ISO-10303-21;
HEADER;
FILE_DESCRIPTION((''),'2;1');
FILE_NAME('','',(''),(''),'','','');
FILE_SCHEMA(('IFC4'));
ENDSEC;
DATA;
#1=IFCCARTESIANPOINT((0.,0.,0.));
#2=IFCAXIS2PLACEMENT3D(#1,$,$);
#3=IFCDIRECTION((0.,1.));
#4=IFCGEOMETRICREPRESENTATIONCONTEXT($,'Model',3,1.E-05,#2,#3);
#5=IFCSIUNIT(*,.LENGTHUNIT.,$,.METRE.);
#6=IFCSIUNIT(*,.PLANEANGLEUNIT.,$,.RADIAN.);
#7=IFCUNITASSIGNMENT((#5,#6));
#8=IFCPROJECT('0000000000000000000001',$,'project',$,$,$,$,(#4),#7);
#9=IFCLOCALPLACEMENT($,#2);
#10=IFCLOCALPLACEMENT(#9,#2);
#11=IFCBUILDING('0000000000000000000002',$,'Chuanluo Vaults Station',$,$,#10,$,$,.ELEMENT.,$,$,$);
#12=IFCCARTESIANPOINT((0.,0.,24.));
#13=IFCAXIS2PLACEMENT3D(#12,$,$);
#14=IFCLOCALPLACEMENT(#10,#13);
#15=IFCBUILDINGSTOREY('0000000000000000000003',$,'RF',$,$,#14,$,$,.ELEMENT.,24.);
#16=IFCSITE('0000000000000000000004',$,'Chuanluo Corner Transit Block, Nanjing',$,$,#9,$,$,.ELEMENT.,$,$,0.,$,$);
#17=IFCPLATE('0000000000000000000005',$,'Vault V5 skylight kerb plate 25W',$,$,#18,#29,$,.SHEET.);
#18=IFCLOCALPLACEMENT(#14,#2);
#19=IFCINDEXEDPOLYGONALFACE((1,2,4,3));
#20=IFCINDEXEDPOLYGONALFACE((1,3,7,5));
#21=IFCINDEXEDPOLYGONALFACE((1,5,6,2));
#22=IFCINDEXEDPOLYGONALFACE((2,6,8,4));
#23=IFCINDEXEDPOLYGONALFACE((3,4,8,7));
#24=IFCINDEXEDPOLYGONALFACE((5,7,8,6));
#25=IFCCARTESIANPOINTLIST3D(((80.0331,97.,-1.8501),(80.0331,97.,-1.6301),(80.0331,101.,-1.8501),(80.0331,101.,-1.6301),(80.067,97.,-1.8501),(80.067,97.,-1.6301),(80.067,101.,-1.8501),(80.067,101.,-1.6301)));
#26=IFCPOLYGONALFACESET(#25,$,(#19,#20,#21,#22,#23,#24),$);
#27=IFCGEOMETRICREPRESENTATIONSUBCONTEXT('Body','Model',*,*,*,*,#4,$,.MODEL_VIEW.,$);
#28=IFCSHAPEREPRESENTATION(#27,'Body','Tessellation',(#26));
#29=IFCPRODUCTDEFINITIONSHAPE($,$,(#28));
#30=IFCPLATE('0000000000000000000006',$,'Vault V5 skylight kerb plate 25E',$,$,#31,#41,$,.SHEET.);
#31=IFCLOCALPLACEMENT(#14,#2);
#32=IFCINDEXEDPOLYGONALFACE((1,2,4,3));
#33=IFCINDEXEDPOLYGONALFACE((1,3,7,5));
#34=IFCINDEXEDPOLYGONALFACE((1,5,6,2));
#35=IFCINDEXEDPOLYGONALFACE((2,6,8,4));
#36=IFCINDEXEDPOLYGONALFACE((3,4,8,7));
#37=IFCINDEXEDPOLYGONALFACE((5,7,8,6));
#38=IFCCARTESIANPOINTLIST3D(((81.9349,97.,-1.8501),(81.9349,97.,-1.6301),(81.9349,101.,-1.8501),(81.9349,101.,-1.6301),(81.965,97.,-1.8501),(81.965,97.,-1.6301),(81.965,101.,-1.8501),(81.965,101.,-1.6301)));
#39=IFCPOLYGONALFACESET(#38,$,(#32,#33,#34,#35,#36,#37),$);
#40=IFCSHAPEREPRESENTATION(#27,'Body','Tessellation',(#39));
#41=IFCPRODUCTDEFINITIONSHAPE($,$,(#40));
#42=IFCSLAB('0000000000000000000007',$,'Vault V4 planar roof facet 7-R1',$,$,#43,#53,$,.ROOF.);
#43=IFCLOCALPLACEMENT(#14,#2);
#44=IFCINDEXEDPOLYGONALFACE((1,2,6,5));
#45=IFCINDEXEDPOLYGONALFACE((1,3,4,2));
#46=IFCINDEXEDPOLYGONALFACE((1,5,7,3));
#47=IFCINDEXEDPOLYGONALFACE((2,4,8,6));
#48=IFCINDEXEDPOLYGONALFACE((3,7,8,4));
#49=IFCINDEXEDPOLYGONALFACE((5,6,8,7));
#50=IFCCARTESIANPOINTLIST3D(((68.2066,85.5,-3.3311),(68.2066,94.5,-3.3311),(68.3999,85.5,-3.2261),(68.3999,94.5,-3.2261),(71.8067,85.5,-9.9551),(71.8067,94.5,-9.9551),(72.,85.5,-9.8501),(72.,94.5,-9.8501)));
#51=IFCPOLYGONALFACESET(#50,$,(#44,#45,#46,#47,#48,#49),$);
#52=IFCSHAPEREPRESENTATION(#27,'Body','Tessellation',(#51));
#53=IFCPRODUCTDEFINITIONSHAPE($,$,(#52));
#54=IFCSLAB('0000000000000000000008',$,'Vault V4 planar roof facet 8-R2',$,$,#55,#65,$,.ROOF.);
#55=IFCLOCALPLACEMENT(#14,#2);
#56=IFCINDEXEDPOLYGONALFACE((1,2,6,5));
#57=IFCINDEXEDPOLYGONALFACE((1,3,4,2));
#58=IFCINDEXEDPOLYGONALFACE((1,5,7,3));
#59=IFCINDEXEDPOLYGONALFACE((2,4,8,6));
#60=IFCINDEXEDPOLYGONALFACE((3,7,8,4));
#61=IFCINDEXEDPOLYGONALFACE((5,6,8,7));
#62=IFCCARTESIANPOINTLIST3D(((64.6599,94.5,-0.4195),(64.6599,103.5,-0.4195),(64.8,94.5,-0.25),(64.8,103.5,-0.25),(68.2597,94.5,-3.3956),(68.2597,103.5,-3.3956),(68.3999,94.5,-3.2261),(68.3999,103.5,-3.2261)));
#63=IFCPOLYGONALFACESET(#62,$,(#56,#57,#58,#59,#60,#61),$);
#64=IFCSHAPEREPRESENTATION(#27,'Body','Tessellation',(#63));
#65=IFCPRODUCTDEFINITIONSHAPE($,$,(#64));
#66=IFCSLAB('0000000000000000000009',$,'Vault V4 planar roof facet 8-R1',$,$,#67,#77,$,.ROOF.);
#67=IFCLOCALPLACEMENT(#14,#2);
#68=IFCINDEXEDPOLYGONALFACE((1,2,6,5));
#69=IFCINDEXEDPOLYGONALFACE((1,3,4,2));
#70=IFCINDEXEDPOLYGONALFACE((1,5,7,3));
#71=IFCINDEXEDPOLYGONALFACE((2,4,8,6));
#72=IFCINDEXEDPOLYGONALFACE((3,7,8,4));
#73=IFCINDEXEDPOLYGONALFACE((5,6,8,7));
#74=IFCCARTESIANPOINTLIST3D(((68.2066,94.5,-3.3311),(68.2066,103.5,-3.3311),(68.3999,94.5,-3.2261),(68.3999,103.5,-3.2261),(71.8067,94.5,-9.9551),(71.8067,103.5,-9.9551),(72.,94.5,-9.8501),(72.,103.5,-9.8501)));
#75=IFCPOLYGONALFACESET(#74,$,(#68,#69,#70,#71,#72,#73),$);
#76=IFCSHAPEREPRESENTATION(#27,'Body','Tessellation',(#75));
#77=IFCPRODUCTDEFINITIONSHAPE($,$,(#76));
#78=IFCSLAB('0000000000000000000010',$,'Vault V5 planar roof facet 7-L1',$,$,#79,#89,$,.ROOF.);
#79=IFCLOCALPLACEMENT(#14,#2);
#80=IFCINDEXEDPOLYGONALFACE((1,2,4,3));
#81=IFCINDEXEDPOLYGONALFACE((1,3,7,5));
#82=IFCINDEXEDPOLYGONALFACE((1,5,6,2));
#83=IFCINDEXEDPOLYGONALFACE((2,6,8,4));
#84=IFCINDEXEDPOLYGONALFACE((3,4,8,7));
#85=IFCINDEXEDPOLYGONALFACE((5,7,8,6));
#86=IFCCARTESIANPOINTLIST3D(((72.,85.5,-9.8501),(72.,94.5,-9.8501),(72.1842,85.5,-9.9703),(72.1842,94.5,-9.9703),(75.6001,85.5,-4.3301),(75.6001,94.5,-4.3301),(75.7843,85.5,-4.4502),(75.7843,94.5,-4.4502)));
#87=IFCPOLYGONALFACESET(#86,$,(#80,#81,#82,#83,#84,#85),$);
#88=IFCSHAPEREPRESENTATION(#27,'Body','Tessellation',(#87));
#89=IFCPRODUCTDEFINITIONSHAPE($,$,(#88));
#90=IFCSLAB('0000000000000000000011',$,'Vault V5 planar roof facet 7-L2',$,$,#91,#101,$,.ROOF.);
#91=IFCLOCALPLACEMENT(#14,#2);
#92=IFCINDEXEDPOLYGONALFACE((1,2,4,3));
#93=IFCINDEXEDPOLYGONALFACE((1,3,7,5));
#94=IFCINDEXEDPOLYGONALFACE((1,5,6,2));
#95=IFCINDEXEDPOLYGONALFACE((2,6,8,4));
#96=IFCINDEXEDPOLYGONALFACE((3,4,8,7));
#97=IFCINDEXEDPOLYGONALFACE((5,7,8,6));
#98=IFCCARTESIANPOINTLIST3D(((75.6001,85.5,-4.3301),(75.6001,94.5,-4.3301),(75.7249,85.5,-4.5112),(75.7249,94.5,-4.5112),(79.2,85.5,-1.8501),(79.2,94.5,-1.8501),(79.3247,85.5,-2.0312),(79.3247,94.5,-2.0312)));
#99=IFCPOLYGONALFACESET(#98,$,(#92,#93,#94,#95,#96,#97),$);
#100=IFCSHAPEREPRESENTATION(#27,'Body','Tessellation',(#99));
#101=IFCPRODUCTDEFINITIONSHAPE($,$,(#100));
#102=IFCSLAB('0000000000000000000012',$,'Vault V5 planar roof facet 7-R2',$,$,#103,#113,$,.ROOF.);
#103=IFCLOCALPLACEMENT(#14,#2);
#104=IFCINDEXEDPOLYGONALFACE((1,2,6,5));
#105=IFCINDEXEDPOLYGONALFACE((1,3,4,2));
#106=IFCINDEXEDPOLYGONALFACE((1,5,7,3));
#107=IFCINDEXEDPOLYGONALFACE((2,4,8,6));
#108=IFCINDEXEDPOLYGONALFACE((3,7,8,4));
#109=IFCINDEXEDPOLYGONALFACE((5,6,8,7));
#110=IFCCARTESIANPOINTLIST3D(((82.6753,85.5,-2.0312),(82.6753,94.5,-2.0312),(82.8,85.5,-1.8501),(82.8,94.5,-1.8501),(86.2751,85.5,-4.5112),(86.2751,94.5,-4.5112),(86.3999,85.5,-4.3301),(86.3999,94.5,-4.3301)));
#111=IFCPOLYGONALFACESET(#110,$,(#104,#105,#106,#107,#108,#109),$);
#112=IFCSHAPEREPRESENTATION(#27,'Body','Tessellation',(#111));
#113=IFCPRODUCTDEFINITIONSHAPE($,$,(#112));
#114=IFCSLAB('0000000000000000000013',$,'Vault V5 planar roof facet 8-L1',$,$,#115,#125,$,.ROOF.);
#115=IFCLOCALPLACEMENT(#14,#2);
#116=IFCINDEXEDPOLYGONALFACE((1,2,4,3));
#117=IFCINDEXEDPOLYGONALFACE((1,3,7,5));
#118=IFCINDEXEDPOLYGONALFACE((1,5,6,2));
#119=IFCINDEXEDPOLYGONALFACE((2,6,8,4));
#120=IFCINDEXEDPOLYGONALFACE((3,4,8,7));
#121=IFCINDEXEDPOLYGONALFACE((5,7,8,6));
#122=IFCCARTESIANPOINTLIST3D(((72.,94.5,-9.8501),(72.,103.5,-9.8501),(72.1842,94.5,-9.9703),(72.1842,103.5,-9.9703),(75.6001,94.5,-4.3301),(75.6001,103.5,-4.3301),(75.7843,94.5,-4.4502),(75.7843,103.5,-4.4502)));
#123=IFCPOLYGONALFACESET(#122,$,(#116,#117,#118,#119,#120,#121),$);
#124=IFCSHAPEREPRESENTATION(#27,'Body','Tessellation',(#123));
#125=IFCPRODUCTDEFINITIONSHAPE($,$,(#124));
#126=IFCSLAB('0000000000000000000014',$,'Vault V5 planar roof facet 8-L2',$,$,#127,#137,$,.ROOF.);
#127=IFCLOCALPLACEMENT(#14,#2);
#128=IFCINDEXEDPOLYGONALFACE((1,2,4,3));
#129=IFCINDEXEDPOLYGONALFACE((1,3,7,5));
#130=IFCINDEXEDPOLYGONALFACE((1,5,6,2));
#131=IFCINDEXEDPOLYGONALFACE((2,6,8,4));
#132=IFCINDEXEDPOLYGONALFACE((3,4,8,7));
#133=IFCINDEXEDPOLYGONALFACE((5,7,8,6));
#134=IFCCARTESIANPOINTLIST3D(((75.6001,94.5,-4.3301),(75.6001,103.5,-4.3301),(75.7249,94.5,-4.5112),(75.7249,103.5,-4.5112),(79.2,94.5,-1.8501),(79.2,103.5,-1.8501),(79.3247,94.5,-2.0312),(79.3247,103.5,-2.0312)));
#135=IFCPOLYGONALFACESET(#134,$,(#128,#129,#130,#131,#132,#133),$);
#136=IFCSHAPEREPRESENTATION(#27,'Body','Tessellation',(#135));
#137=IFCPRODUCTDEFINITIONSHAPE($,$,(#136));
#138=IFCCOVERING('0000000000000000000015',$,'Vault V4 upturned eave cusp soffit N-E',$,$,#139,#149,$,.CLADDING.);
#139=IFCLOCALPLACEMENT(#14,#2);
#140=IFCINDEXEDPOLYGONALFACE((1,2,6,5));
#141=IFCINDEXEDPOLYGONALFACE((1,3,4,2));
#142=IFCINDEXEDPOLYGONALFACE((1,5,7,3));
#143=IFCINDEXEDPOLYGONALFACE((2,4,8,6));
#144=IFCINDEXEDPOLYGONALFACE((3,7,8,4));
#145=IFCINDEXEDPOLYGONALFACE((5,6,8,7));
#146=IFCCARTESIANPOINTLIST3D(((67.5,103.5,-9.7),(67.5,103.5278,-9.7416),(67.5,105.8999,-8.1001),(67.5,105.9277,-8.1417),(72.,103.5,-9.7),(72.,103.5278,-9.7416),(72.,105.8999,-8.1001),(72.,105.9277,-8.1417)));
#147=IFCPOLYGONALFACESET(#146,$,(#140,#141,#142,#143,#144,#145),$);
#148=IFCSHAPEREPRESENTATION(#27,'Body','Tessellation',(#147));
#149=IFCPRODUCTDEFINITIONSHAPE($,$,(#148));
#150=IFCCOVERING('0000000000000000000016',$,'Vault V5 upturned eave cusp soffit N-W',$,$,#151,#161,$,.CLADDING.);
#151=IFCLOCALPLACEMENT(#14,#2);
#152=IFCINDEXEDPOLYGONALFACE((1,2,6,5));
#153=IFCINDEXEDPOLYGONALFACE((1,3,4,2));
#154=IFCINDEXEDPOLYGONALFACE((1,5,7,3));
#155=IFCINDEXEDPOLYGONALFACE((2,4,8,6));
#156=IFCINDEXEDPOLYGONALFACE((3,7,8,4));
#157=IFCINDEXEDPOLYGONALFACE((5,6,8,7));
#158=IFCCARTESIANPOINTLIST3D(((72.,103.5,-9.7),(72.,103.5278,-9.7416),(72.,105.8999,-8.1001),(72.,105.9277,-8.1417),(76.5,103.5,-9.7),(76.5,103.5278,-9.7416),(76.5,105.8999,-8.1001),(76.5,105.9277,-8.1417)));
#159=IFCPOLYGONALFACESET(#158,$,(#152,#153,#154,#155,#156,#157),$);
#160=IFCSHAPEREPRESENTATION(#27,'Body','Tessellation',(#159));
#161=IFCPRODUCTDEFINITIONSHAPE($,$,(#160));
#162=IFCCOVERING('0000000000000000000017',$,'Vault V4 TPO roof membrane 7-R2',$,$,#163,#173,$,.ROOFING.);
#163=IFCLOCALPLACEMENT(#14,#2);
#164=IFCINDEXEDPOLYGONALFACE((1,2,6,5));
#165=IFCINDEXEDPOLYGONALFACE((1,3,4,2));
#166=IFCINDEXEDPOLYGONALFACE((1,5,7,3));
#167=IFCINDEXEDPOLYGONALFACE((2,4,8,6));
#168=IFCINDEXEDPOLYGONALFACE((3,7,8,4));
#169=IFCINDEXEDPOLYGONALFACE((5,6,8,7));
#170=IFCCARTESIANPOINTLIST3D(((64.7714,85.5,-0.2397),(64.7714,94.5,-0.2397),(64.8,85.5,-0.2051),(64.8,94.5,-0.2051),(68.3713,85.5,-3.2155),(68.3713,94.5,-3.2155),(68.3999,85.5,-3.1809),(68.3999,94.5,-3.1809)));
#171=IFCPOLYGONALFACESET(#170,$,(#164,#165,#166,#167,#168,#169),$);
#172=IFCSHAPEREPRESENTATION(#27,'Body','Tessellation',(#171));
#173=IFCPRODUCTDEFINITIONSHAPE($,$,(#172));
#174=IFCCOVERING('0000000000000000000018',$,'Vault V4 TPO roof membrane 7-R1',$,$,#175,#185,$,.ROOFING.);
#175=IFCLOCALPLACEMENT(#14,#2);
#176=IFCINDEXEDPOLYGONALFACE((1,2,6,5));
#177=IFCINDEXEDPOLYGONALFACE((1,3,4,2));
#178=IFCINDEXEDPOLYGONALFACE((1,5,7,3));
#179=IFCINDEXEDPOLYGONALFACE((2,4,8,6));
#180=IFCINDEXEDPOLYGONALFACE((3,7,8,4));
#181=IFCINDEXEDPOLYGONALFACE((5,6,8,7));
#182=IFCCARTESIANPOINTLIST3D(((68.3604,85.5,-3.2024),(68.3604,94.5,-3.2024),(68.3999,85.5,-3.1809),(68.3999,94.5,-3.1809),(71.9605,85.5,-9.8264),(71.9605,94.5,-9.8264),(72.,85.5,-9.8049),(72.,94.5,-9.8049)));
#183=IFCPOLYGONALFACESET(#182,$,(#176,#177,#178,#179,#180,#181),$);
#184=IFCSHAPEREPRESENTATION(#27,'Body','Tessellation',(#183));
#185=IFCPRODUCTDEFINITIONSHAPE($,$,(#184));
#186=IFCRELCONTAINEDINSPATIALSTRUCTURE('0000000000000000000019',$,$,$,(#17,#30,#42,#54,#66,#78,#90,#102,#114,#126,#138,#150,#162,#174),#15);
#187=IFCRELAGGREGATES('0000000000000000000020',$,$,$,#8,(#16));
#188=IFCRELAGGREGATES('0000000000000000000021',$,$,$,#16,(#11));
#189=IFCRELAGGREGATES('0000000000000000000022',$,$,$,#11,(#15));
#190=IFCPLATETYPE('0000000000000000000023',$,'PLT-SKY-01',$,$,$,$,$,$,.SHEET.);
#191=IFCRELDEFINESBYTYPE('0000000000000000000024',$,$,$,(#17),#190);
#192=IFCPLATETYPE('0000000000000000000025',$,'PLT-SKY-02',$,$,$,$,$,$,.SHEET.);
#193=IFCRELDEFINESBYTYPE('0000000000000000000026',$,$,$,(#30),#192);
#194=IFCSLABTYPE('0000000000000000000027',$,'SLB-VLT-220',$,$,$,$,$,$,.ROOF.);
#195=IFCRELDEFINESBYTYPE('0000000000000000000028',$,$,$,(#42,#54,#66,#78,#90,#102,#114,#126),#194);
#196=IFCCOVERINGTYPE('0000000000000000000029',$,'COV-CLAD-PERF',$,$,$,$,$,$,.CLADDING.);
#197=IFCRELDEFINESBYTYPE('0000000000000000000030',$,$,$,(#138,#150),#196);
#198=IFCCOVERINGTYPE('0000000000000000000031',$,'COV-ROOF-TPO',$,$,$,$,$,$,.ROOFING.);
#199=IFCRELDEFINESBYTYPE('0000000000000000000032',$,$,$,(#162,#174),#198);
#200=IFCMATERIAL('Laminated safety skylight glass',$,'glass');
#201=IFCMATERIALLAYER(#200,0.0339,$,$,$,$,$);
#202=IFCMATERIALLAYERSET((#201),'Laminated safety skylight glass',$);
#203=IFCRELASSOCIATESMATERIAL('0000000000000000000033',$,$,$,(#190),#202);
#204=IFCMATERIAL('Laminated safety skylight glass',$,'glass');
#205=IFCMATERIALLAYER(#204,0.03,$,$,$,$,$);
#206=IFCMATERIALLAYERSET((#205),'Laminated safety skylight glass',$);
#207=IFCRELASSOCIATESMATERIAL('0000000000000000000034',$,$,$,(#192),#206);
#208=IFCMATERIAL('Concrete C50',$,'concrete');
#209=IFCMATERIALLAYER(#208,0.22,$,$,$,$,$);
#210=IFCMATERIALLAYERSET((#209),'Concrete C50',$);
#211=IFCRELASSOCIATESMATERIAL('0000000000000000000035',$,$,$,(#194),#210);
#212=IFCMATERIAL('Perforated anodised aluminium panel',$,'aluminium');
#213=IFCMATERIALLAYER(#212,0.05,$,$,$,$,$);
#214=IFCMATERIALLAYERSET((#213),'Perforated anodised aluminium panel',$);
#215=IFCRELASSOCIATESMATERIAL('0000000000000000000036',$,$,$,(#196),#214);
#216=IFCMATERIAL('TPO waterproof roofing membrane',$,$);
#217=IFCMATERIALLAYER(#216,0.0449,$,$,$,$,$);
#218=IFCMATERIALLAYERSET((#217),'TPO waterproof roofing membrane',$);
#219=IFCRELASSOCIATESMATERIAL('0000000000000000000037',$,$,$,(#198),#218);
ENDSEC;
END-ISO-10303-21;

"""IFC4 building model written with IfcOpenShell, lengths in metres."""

from ifc_helpers import new_model, si_unit, direction, frame, origin, origin_2d, place, context, subcontext, project, spatial, polyline, rectangle, outline, extrude, material, layer, layer_set, type_object, element, save


model = new_model("IFC4")

# Units and contexts
model_context = context("Model", 3, precision=1e-05, world=origin(), true_north=direction((0.0, 1.0)))
body_context = subcontext(model_context, "Body", "Model", "MODEL_VIEW")
ifc_project = project(units=[si_unit("LENGTHUNIT", "METRE"), si_unit("PLANEANGLEUNIT", "RADIAN")], contexts=[model_context])

# Site, building, storey
site_placement = place(None, origin())
site = spatial("IfcSite", under=ifc_project, at=site_placement, Name="Chuanluo Corner Transit Block, Nanjing", CompositionType="ELEMENT", RefElevation=0.0)
building_placement = place(site_placement, origin())
building = spatial("IfcBuilding", under=site, at=building_placement, Name="Chuanluo Vaults Station", CompositionType="ELEMENT")
storey_placement = place(building_placement, frame((0.0, 0.0, 24.0)))
storey = spatial("IfcBuildingStorey", under=building, at=storey_placement, Name="RF", CompositionType="ELEMENT", Elevation=24.0)

# Plates
ifc_material_1 = material(Name="Laminated safety skylight glass", Category="glass")
ifc_layer_1 = layer(ifc_material_1, 0.0339)
ifc_layer_set_1 = layer_set([ifc_layer_1], Name="Laminated safety skylight glass")
plate_type_1 = type_object("IfcPlateType", Name="PLT-SKY-01", PredefinedType="SHEET", material=ifc_layer_set_1)
plate_1_placement = place(storey_placement, frame((80.05, 99.0, -1.8501), z_axis=(0.0, 0.0, 1.0), x_axis=(1.0, 0.0, 0.0)))
element("IfcPlate", 1, at=plate_1_placement, inside=storey, type_object=plate_type_1, Name="Vault V5 skylight kerb plate 25W", PredefinedType="SHEET", context=body_context, shape_type="SweptSolid", body=[
    extrude(rectangle(XDim=0.0339, YDim=4.0, at=origin_2d()), origin(), (0.0, 0.0, 1.0), 0.22),
])
ifc_material_2 = material(Name="Laminated safety skylight glass", Category="glass")
ifc_layer_2 = layer(ifc_material_2, 0.03)
ifc_layer_set_2 = layer_set([ifc_layer_2], Name="Laminated safety skylight glass")
plate_type_2 = type_object("IfcPlateType", Name="PLT-SKY-02", PredefinedType="SHEET", material=ifc_layer_set_2)
plate_2_placement = place(storey_placement, frame((81.95, 99.0, -1.8501), z_axis=(0.0, 0.0, 1.0), x_axis=(1.0, 0.0, 0.0)))
element("IfcPlate", 2, at=plate_2_placement, inside=storey, type_object=plate_type_2, Name="Vault V5 skylight kerb plate 25E", PredefinedType="SHEET", context=body_context, shape_type="SweptSolid", body=[
    extrude(rectangle(XDim=0.03, YDim=4.0, at=origin_2d()), origin(), (0.0, 0.0, 1.0), 0.22),
])

# Slabs
ifc_material_3 = material(Name="Concrete C50", Category="concrete")
ifc_layer_3 = layer(ifc_material_3, 0.22)
ifc_layer_set_3 = layer_set([ifc_layer_3], Name="Concrete C50")
slab_type = type_object("IfcSlabType", Name="SLB-VLT-220", PredefinedType="ROOF", material=ifc_layer_set_3)
slab_1_placement = place(storey_placement, frame((68.3999, 85.5, -3.2261), z_axis=(0.87862, 0.0, 0.477522), x_axis=(0.477522, 0.0, -0.87862)))
element("IfcSlab", 3, at=slab_1_placement, inside=storey, type_object=slab_type, Name="Vault V4 planar roof facet 7-R1", PredefinedType="ROOF", context=body_context, shape_type="SweptSolid", body=[
    extrude(outline(polyline([(0.0, 0.0), (7.5391, 0.0), (7.5391, 9.0), (0.0, 9.0), (0.0, 0.0)])), origin(), (0.0, 0.0, -1.0), 0.22),
])
slab_2_placement = place(storey_placement, frame((64.8, 94.5, -0.25), z_axis=(0.637172, 0.0, 0.770722), x_axis=(0.770722, 0.0, -0.637172)))
element("IfcSlab", 4, at=slab_2_placement, inside=storey, type_object=slab_type, Name="Vault V4 planar roof facet 8-R2", PredefinedType="ROOF", context=body_context, shape_type="SweptSolid", body=[
    extrude(outline(polyline([(0.0, 0.0), (4.6708, 0.0), (4.6708, 9.0), (0.0, 9.0), (0.0, 0.0)])), origin(), (0.0, 0.0, -1.0), 0.22),
])
slab_3_placement = place(storey_placement, frame((68.3999, 94.5, -3.2261), z_axis=(0.87862, 0.0, 0.477522), x_axis=(0.477522, 0.0, -0.87862)))
element("IfcSlab", 5, at=slab_3_placement, inside=storey, type_object=slab_type, Name="Vault V4 planar roof facet 8-R1", PredefinedType="ROOF", context=body_context, shape_type="SweptSolid", body=[
    extrude(outline(polyline([(0.0, 0.0), (7.5391, 0.0), (7.5391, 9.0), (0.0, 9.0), (0.0, 0.0)])), origin(), (0.0, 0.0, -1.0), 0.22),
])
slab_4_placement = place(storey_placement, frame((72.0, 85.5, -9.8501), z_axis=(-0.837605, 0.0, 0.546277), x_axis=(0.546277, 0.0, 0.837605)))
element("IfcSlab", 6, at=slab_4_placement, inside=storey, type_object=slab_type, Name="Vault V5 planar roof facet 7-L1", PredefinedType="ROOF", context=body_context, shape_type="SweptSolid", body=[
    extrude(outline(polyline([(0.0, 0.0), (6.5902, 0.0), (6.5902, 9.0), (0.0, 9.0), (0.0, 0.0)])), origin(), (0.0, 0.0, -1.0), 0.22),
])
for number, where, z_axis, x_axis, name in (
    (7, (75.6001, 85.5, -4.3301), (-0.567318, 0.0, 0.823499), (0.823499, 0.0, 0.567318), "Vault V5 planar roof facet 7-L2"),
    (8, (82.8, 85.5, -1.8501), (0.567318, 0.0, 0.823499), (0.823499, 0.0, -0.567318), "Vault V5 planar roof facet 7-R2"),
):
    element("IfcSlab", number, at=place(storey_placement, frame(where, z_axis=z_axis, x_axis=x_axis)), inside=storey, type_object=slab_type, Name=name, PredefinedType="ROOF", context=body_context, shape_type="SweptSolid", body=[
        extrude(outline(polyline([(0.0, 0.0), (4.3714, 0.0), (4.3714, 9.0), (0.0, 9.0), (0.0, 0.0)])), origin(), (0.0, 0.0, -1.0), 0.22),
    ])
slab_5_placement = place(storey_placement, frame((72.0, 94.5, -9.8501), z_axis=(-0.837605, 0.0, 0.546277), x_axis=(0.546277, 0.0, 0.837605)))
element("IfcSlab", 9, at=slab_5_placement, inside=storey, type_object=slab_type, Name="Vault V5 planar roof facet 8-L1", PredefinedType="ROOF", context=body_context, shape_type="SweptSolid", body=[
    extrude(outline(polyline([(0.0, 0.0), (6.5902, 0.0), (6.5902, 9.0), (0.0, 9.0), (0.0, 0.0)])), origin(), (0.0, 0.0, -1.0), 0.22),
])
slab_6_placement = place(storey_placement, frame((75.6001, 94.5, -4.3301), z_axis=(-0.567318, 0.0, 0.823499), x_axis=(0.823499, 0.0, 0.567318)))
element("IfcSlab", 10, at=slab_6_placement, inside=storey, type_object=slab_type, Name="Vault V5 planar roof facet 8-L2", PredefinedType="ROOF", context=body_context, shape_type="SweptSolid", body=[
    extrude(outline(polyline([(0.0, 0.0), (4.3714, 0.0), (4.3714, 9.0), (0.0, 9.0), (0.0, 0.0)])), origin(), (0.0, 0.0, -1.0), 0.22),
])

# Coverings
ifc_material_4 = material(Name="Perforated anodised aluminium panel", Category="aluminium")
ifc_layer_4 = layer(ifc_material_4, 0.05)
ifc_layer_set_4 = layer_set([ifc_layer_4], Name="Perforated anodised aluminium panel")
covering_type_1 = type_object("IfcCoveringType", Name="COV-CLAD-PERF", PredefinedType="CLADDING", material=ifc_layer_set_4)
for number, where, z_axis, x_axis, name in (
    (11, (67.5, 103.5, -9.7), (0.0, -0.554681, 0.832063), (1.0, 0.0, 0.0), "Vault V4 upturned eave cusp soffit N-E"),
    (12, (72.0, 103.5, -9.7), (0.0, -0.554681, 0.832063), (1.0, 0.0, 0.0), "Vault V5 upturned eave cusp soffit N-W"),
):
    element("IfcCovering", number, at=place(storey_placement, frame(where, z_axis=z_axis, x_axis=x_axis)), inside=storey, type_object=covering_type_1, Name=name, PredefinedType="CLADDING", context=body_context, shape_type="SweptSolid", body=[
        extrude(outline(polyline([(0.0, 0.0), (4.5, 0.0), (4.5, 2.8843), (0.0, 2.8843), (0.0, 0.0)])), origin(), (0.0, 0.0, -1.0), 0.05),
    ])
ifc_material_5 = material(Name="TPO waterproof roofing membrane")
ifc_layer_5 = layer(ifc_material_5, 0.0449)
ifc_layer_set_5 = layer_set([ifc_layer_5], Name="TPO waterproof roofing membrane")
covering_type_2 = type_object("IfcCoveringType", Name="COV-ROOF-TPO", PredefinedType="ROOFING", material=ifc_layer_set_5)
covering_1_placement = place(storey_placement, frame((64.8, 85.5, -0.2051), z_axis=(0.637141, 0.0, 0.770747), x_axis=(0.770747, 0.0, -0.637141)))
element("IfcCovering", 13, at=covering_1_placement, inside=storey, type_object=covering_type_2, Name="Vault V4 TPO roof membrane 7-R2", PredefinedType="ROOFING", context=body_context, shape_type="SweptSolid", body=[
    extrude(outline(polyline([(0.0, 0.0), (4.6706, 0.0), (4.6706, 9.0), (0.0, 9.0), (0.0, 0.0)])), origin(), (0.0, 0.0, -1.0), 0.0449),
])
covering_2_placement = place(storey_placement, frame((68.3999, 85.5, -3.1809), z_axis=(0.87862, 0.0, 0.477522), x_axis=(0.477522, 0.0, -0.87862)))
element("IfcCovering", 14, at=covering_2_placement, inside=storey, type_object=covering_type_2, Name="Vault V4 TPO roof membrane 7-R1", PredefinedType="ROOFING", context=body_context, shape_type="SweptSolid", body=[
    extrude(outline(polyline([(0.0, 0.0), (7.5391, 0.0), (7.5391, 9.0), (0.0, 9.0), (0.0, 0.0)])), origin(), (0.0, 0.0, -1.0), 0.0449),
])

save(model, "model.ifc")
